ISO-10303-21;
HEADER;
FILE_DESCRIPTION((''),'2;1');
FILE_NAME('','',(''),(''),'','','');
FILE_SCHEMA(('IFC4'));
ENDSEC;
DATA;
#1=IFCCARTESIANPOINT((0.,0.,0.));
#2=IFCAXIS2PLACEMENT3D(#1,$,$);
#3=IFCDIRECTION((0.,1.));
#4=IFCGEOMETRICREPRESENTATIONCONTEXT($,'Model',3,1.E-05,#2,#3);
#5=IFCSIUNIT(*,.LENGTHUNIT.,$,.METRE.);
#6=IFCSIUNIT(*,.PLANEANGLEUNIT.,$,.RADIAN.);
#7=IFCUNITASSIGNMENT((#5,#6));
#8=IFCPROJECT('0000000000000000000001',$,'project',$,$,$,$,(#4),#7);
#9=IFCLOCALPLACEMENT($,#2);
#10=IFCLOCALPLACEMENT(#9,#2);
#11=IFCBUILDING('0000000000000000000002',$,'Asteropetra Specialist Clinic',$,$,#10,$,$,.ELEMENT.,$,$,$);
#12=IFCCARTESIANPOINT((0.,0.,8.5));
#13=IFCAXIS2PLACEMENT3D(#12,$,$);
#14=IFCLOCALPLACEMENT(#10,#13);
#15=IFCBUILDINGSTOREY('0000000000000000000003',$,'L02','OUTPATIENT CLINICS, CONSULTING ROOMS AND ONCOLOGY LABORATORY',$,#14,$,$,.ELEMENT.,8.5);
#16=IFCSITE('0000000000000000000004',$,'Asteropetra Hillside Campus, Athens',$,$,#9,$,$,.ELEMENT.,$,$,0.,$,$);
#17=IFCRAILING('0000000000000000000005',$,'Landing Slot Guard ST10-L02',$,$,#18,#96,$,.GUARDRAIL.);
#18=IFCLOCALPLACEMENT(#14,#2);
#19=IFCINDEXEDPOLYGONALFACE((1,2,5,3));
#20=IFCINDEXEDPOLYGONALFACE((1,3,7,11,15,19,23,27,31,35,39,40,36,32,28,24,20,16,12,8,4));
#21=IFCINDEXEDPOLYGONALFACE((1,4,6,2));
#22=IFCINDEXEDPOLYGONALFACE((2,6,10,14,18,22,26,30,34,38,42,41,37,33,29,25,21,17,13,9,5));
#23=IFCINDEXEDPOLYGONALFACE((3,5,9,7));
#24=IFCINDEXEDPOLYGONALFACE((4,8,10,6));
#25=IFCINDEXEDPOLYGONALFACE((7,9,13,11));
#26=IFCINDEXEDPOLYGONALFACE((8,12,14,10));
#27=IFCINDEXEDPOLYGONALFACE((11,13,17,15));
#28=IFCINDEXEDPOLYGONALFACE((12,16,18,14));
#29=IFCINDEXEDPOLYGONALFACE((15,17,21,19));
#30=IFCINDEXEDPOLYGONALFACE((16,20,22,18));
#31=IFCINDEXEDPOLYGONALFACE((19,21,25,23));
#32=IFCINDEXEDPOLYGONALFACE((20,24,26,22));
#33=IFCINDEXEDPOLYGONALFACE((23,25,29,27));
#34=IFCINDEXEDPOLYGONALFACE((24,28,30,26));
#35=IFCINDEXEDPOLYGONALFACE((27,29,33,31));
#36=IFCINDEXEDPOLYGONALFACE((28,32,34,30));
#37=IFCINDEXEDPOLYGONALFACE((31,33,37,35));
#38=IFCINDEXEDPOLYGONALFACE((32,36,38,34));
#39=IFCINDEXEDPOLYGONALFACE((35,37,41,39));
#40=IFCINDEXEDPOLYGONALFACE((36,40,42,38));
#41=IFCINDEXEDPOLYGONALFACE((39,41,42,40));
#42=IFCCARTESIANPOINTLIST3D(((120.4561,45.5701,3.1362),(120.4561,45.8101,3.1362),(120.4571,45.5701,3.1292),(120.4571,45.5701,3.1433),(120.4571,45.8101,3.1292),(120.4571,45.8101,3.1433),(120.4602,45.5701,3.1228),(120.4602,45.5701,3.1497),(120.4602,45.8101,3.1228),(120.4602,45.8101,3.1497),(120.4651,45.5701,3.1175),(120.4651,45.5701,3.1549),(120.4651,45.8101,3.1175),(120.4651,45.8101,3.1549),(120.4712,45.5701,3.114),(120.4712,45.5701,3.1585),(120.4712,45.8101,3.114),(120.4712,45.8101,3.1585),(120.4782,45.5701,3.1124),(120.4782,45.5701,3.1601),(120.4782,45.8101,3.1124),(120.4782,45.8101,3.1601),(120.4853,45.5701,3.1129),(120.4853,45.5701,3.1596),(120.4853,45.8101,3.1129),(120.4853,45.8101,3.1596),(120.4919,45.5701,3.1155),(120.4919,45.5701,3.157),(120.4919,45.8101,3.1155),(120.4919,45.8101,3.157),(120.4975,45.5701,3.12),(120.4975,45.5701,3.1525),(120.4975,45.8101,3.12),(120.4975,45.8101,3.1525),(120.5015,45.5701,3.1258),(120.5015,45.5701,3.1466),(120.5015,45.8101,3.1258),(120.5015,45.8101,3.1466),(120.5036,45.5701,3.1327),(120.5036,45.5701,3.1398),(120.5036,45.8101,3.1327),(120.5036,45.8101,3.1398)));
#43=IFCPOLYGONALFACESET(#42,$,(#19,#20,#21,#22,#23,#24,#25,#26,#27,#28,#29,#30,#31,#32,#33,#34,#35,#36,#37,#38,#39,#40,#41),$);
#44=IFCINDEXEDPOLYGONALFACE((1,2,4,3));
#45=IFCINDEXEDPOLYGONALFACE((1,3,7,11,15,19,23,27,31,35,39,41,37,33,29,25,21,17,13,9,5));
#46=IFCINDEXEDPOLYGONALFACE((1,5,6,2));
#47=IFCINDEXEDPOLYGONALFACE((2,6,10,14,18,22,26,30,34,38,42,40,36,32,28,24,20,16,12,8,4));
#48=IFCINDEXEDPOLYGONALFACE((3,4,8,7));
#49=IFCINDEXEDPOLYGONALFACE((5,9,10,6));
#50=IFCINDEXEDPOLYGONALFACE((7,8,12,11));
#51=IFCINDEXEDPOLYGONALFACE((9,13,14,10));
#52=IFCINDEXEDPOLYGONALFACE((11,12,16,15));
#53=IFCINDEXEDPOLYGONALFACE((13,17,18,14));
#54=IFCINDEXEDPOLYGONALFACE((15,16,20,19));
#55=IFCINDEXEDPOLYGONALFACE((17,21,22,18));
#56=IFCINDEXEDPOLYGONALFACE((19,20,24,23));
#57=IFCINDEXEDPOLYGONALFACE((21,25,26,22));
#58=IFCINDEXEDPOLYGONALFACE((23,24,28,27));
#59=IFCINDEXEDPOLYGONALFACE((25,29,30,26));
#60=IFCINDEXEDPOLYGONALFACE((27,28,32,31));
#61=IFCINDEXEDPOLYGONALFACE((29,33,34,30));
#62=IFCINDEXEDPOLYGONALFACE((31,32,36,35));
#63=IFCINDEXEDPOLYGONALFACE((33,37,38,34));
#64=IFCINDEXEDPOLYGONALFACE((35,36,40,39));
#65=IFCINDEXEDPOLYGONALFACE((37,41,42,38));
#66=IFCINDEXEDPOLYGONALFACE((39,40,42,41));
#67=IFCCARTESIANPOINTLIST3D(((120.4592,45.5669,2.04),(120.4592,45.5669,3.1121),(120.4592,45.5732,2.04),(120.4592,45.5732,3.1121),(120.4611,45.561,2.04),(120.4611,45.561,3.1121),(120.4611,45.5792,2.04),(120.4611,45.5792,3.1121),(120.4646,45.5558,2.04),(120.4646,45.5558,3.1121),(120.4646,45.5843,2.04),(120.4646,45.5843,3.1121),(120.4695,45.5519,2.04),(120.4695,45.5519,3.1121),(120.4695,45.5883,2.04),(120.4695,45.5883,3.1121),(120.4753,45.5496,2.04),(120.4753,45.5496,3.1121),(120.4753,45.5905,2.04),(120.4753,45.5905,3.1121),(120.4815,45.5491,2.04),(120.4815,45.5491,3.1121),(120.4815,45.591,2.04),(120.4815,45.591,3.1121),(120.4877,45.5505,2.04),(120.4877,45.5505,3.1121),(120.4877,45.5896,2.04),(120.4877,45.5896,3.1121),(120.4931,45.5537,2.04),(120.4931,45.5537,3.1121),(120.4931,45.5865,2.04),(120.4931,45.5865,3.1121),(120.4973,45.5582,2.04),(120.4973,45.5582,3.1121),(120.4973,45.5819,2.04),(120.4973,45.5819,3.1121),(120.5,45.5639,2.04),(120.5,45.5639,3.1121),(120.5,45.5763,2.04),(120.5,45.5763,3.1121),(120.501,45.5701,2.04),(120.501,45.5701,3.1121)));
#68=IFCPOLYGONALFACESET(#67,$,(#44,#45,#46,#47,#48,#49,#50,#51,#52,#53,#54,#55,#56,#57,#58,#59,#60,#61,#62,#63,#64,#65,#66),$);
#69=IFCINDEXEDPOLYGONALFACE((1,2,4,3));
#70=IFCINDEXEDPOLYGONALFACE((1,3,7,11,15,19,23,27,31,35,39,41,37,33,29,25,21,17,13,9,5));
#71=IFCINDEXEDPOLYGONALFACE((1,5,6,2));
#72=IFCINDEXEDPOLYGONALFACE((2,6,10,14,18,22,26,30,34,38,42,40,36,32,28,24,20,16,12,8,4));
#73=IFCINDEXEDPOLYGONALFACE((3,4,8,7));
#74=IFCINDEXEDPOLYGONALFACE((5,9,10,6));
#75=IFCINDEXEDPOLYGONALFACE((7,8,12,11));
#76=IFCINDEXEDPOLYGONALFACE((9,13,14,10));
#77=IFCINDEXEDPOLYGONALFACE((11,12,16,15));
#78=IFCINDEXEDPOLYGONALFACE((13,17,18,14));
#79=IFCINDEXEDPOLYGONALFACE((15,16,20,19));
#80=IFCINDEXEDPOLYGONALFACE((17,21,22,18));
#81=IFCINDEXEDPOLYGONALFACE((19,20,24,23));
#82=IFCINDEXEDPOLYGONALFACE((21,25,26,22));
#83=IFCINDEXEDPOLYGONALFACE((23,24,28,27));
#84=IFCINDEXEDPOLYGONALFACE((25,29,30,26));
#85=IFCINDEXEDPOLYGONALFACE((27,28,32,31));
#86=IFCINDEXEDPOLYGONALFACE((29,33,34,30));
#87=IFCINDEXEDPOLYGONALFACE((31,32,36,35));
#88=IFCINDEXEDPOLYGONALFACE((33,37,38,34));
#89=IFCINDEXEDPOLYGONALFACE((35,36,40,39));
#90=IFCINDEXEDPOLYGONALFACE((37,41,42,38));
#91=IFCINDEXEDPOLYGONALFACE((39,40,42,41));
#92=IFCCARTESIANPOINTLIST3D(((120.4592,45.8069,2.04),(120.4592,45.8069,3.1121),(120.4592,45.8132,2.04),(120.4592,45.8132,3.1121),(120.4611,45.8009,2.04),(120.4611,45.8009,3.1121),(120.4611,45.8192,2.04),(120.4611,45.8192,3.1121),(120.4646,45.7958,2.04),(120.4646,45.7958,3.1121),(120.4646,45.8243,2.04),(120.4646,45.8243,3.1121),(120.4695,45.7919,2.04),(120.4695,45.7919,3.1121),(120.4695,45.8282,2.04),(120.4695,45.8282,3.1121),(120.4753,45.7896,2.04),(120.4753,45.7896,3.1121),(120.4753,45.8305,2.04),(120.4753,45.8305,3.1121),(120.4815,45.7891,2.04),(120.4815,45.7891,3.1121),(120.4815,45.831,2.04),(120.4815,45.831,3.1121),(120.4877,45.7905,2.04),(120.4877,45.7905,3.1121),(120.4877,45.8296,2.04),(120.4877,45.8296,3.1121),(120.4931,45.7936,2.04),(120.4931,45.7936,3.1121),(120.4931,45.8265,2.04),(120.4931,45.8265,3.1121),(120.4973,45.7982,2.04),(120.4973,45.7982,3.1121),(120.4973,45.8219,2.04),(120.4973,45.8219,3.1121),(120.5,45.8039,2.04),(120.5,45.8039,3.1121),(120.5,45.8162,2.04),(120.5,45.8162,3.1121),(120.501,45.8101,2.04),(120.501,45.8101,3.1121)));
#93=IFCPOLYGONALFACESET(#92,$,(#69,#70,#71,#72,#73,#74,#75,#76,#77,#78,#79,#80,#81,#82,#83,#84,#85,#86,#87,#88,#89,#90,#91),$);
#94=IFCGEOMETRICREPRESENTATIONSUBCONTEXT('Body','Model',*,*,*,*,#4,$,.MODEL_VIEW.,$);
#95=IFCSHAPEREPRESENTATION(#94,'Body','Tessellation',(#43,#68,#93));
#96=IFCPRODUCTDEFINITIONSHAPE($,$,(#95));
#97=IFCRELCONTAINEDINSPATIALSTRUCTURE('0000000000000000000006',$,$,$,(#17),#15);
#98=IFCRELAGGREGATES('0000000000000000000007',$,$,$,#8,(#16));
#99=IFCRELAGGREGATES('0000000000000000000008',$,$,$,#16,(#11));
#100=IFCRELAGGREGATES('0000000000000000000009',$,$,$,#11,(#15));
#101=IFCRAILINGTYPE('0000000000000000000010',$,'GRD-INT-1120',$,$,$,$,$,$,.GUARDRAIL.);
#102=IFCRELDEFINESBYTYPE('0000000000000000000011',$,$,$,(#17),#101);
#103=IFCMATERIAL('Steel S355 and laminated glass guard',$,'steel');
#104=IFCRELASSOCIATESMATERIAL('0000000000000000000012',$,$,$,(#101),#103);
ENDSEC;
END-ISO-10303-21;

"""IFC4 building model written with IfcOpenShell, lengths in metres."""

from ifc_helpers import new_model, si_unit, direction, frame, origin, origin_2d, place, context, subcontext, project, spatial, circle, extrude, material, type_object, element, save


model = new_model("IFC4")

# Units and contexts
model_context = context("Model", 3, precision=1e-05, world=origin(), true_north=direction((0.0, 1.0)))
body_context = subcontext(model_context, "Body", "Model", "MODEL_VIEW")
ifc_project = project(units=[si_unit("LENGTHUNIT", "METRE"), si_unit("PLANEANGLEUNIT", "RADIAN")], contexts=[model_context])

# Site, building, storey
site_placement = place(None, origin())
site = spatial("IfcSite", under=ifc_project, at=site_placement, Name="Asteropetra Hillside Campus, Athens", CompositionType="ELEMENT", RefElevation=0.0)
building_placement = place(site_placement, origin())
building = spatial("IfcBuilding", under=site, at=building_placement, Name="Asteropetra Specialist Clinic", CompositionType="ELEMENT")
storey_placement = place(building_placement, frame((0.0, 0.0, 8.5)))
storey = spatial("IfcBuildingStorey", under=building, at=storey_placement, Name="L02", Description="OUTPATIENT CLINICS, CONSULTING ROOMS AND ONCOLOGY LABORATORY", CompositionType="ELEMENT", Elevation=8.5)

# Railing
ifc_material_1 = material(Name="Steel S355 and laminated glass guard", Category="steel")
railing_type_1 = type_object("IfcRailingType", Name="GRD-INT-1120", PredefinedType="GUARDRAIL", material=ifc_material_1)
railing_1_placement = place(storey_placement, frame((120.48, 45.5701, 2.04)))
element("IfcRailing", 1, at=railing_1_placement, inside=storey, type_object=railing_type_1, Name="Landing Slot Guard ST10-L02", PredefinedType="GUARDRAIL", context=body_context, shape_type="SweptSolid", body=[
    extrude(circle(Radius=0.0239, at=origin_2d()), frame((0.0, 0.0, 1.0962), z_axis=(0.0, 1.0, 0.0), x_axis=(-1.0, 0.0, 0.0)), (0.0, 0.0, 1.0), 0.24),
    extrude(circle(Radius=0.021, at=origin_2d()), origin(), (0.0, 0.0, 1.0), 1.072),
    extrude(circle(Radius=0.021, at=origin_2d()), frame((0.0, 0.24, 0.0)), (0.0, 0.0, 1.0), 1.072),
])

save(model, "model.ifc")
